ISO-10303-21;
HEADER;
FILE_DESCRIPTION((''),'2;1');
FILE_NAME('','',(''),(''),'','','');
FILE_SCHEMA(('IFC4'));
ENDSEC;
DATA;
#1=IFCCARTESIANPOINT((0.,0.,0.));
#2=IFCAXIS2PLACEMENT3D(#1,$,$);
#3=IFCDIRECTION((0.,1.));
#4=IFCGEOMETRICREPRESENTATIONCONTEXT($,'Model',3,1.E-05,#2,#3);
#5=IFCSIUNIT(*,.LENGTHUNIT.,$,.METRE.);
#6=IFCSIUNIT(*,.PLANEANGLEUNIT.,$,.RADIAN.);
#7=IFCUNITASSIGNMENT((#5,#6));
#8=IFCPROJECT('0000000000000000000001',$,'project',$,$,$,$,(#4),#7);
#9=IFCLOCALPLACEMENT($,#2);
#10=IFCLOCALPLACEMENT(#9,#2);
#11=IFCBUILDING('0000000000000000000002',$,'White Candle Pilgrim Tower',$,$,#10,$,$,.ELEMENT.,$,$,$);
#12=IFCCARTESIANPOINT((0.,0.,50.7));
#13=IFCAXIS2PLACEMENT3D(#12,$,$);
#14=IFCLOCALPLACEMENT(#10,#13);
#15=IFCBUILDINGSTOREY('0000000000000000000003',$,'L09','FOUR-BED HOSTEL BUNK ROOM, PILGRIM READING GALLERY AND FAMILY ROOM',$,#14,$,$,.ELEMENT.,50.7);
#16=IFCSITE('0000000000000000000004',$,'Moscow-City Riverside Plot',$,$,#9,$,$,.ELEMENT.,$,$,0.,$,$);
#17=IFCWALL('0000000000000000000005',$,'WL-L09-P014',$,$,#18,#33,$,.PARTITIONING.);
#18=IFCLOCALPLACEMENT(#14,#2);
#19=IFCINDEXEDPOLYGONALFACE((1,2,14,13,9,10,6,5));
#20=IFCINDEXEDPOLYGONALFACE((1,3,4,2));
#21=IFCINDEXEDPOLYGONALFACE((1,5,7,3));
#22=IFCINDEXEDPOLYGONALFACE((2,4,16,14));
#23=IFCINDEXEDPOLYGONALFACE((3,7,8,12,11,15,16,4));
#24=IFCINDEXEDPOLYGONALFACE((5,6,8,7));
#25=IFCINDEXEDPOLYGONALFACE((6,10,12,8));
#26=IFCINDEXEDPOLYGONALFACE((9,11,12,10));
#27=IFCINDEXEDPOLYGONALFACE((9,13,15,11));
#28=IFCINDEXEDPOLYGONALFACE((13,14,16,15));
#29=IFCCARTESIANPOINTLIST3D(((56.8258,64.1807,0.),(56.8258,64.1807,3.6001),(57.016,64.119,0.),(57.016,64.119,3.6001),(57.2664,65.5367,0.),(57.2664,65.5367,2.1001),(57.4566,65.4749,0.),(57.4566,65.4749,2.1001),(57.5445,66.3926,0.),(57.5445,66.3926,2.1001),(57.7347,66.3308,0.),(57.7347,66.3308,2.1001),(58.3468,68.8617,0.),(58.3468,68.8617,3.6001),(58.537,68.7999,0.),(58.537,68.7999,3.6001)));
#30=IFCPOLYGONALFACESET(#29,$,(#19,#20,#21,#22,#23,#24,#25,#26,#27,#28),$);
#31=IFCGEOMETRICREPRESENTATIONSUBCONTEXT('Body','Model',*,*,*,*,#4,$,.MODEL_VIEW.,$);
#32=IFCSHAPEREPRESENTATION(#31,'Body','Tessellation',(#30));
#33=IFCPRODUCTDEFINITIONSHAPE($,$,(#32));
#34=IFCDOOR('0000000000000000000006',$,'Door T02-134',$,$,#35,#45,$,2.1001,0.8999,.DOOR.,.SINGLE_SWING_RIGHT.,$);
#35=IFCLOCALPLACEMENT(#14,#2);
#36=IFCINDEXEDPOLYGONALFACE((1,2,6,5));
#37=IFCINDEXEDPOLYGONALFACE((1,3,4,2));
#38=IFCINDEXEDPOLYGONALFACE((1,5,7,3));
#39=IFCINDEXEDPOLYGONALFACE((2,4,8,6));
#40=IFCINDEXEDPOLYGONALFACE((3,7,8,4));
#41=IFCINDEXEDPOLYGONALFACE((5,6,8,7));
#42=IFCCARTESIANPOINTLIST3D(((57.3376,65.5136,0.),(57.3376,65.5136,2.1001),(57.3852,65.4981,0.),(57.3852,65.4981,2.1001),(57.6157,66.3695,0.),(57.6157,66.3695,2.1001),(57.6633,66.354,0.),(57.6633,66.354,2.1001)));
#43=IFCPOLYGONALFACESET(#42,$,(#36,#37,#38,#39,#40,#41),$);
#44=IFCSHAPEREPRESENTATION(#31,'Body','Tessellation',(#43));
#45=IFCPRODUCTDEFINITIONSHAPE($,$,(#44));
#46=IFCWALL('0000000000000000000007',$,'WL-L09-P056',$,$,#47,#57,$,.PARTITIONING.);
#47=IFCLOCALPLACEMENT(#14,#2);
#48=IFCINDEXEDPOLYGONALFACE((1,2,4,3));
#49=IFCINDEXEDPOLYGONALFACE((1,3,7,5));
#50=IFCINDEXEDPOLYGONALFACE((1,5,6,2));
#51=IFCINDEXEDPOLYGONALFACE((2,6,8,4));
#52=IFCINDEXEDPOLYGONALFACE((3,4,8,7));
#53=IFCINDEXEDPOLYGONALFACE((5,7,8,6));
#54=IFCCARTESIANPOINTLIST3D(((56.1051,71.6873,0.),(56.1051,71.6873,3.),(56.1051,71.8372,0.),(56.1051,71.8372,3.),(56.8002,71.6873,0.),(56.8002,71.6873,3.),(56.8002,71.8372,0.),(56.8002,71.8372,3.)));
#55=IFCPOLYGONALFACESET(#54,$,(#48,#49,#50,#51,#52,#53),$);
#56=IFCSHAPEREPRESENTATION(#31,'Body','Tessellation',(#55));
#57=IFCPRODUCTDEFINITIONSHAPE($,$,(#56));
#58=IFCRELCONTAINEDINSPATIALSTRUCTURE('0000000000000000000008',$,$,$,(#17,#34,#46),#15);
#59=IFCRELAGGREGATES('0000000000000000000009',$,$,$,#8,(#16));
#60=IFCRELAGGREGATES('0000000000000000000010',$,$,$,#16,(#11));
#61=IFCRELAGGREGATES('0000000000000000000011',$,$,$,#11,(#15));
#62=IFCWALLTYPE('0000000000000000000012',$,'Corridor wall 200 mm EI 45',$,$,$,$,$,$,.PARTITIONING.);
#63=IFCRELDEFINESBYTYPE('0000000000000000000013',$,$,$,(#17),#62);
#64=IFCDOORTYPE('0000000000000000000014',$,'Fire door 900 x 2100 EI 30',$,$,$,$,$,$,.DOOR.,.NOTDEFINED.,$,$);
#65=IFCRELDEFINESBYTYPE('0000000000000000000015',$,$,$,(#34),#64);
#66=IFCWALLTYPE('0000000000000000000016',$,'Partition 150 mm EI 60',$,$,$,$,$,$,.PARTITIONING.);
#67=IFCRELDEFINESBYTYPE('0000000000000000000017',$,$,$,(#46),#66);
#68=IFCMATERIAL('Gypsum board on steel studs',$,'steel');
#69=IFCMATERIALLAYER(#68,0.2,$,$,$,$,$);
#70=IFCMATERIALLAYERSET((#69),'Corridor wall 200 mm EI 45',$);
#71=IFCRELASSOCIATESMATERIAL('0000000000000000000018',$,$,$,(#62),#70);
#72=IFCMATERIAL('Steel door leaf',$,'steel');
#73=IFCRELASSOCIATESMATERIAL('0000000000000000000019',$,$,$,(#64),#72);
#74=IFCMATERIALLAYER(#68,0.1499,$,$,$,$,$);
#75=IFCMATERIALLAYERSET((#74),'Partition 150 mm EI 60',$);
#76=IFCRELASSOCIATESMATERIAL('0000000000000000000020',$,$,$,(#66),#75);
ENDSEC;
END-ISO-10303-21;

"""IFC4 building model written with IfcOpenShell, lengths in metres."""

from ifc_helpers import new_model, si_unit, direction, frame, frame_2d, origin, place, context, subcontext, project, spatial, rectangle, extrude, material, layer, layer_set, type_object, element, fill, save


model = new_model("IFC4")

# Units and contexts
model_context = context("Model", 3, precision=1e-05, world=origin(), true_north=direction((0.0, 1.0)))
body_context = subcontext(model_context, "Body", "Model", "MODEL_VIEW")
ifc_project = project(units=[si_unit("LENGTHUNIT", "METRE"), si_unit("PLANEANGLEUNIT", "RADIAN")], contexts=[model_context])

# Site, building, storey
site_placement = place(None, origin())
site = spatial("IfcSite", under=ifc_project, at=site_placement, Name="Moscow-City Riverside Plot", CompositionType="ELEMENT", RefElevation=0.0)
building_placement = place(site_placement, origin())
building = spatial("IfcBuilding", under=site, at=building_placement, Name="White Candle Pilgrim Tower", CompositionType="ELEMENT")
storey_placement = place(building_placement, frame((0.0, 0.0, 50.7)))
storey = spatial("IfcBuildingStorey", under=building, at=storey_placement, Name="L09", Description="FOUR-BED HOSTEL BUNK ROOM, PILGRIM READING GALLERY AND FAMILY ROOM", CompositionType="ELEMENT", Elevation=50.7)

# Shared definitions
ifc_material_1 = material(Name="Gypsum board on steel studs", Category="steel")
ifc_layer_1 = layer(ifc_material_1, 0.2)
ifc_layer_set_1 = layer_set([ifc_layer_1], Name="Corridor wall 200 mm EI 45")
wall_type_1 = type_object("IfcWallType", Name="Corridor wall 200 mm EI 45", PredefinedType="PARTITIONING", material=ifc_layer_set_1)
ifc_material_2 = material(Name="Steel door leaf", Category="steel")
door_type_1 = type_object("IfcDoorType", Name="Fire door 900 x 2100 EI 30", OperationType="NOTDEFINED", PredefinedType="DOOR", material=ifc_material_2)

# Wall, opening, door
wall_1_placement = place(storey_placement, frame((58.4419, 68.8308, 0.0), z_axis=(0.0, 0.0, 1.0), x_axis=(-0.309031, -0.951052, 0.0)))
wall_1 = element("IfcWall", 1, at=wall_1_placement, inside=storey, type_object=wall_type_1, Name="WL-L09-P014", PredefinedType="PARTITIONING", context=body_context, shape_type="SweptSolid", body=[
    extrude(rectangle(XDim=4.9219, YDim=0.2, at=frame_2d((2.4609, 0.0))), origin(), (0.0, 0.0, 1.0), 3.6001),
])
opening_1_placement = place(wall_1_placement, frame((2.5962, 0.0, 0.0)))
opening_1 = element("IfcOpeningElement", 2, at=opening_1_placement, cuts=wall_1, PredefinedType="OPENING", context=body_context, shape_type="SweptSolid", body=[
    extrude(rectangle(XDim=0.8999, YDim=2.1001, at=frame_2d((0.45, 1.05))), frame((0.0, 0.1099, 0.0), z_axis=(0.0, -1.0, 0.0), x_axis=(1.0, 0.0, 0.0)), (0.0, 0.0, 1.0), 0.22),
])
door_1_placement = place(opening_1_placement, origin())
door_1 = element("IfcDoor", 3, at=door_1_placement, inside=storey, type_object=door_type_1, Name="Door T02-134", OperationType="SINGLE_SWING_RIGHT", OverallHeight=2.1001, OverallWidth=0.8999, PredefinedType="DOOR", context=body_context, shape_type="SweptSolid", body=[
    extrude(rectangle(XDim=0.8999, YDim=2.1001, at=frame_2d((0.45, 1.05))), frame((0.0, 0.0249, 0.0), z_axis=(0.0, -1.0, 0.0), x_axis=(1.0, 0.0, 0.0)), (0.0, 0.0, 1.0), 0.05),
])
fill(opening_1, door_1)

# Wall
ifc_layer_2 = layer(ifc_material_1, 0.1499)
ifc_layer_set_2 = layer_set([ifc_layer_2], Name="Partition 150 mm EI 60")
wall_type_2 = type_object("IfcWallType", Name="Partition 150 mm EI 60", PredefinedType="PARTITIONING", material=ifc_layer_set_2)
wall_2_placement = place(storey_placement, frame((56.105, 71.7622, 0.0), z_axis=(0.0, 0.0, 1.0), x_axis=(1.0, 0.0, 0.0)))
element("IfcWall", 4, at=wall_2_placement, inside=storey, type_object=wall_type_2, Name="WL-L09-P056", PredefinedType="PARTITIONING", context=body_context, shape_type="SweptSolid", body=[
    extrude(rectangle(XDim=0.6951, YDim=0.1499, at=frame_2d((0.3477, 0.0))), origin(), (0.0, 0.0, 1.0), 3.0),
])

save(model, "model.ifc")
